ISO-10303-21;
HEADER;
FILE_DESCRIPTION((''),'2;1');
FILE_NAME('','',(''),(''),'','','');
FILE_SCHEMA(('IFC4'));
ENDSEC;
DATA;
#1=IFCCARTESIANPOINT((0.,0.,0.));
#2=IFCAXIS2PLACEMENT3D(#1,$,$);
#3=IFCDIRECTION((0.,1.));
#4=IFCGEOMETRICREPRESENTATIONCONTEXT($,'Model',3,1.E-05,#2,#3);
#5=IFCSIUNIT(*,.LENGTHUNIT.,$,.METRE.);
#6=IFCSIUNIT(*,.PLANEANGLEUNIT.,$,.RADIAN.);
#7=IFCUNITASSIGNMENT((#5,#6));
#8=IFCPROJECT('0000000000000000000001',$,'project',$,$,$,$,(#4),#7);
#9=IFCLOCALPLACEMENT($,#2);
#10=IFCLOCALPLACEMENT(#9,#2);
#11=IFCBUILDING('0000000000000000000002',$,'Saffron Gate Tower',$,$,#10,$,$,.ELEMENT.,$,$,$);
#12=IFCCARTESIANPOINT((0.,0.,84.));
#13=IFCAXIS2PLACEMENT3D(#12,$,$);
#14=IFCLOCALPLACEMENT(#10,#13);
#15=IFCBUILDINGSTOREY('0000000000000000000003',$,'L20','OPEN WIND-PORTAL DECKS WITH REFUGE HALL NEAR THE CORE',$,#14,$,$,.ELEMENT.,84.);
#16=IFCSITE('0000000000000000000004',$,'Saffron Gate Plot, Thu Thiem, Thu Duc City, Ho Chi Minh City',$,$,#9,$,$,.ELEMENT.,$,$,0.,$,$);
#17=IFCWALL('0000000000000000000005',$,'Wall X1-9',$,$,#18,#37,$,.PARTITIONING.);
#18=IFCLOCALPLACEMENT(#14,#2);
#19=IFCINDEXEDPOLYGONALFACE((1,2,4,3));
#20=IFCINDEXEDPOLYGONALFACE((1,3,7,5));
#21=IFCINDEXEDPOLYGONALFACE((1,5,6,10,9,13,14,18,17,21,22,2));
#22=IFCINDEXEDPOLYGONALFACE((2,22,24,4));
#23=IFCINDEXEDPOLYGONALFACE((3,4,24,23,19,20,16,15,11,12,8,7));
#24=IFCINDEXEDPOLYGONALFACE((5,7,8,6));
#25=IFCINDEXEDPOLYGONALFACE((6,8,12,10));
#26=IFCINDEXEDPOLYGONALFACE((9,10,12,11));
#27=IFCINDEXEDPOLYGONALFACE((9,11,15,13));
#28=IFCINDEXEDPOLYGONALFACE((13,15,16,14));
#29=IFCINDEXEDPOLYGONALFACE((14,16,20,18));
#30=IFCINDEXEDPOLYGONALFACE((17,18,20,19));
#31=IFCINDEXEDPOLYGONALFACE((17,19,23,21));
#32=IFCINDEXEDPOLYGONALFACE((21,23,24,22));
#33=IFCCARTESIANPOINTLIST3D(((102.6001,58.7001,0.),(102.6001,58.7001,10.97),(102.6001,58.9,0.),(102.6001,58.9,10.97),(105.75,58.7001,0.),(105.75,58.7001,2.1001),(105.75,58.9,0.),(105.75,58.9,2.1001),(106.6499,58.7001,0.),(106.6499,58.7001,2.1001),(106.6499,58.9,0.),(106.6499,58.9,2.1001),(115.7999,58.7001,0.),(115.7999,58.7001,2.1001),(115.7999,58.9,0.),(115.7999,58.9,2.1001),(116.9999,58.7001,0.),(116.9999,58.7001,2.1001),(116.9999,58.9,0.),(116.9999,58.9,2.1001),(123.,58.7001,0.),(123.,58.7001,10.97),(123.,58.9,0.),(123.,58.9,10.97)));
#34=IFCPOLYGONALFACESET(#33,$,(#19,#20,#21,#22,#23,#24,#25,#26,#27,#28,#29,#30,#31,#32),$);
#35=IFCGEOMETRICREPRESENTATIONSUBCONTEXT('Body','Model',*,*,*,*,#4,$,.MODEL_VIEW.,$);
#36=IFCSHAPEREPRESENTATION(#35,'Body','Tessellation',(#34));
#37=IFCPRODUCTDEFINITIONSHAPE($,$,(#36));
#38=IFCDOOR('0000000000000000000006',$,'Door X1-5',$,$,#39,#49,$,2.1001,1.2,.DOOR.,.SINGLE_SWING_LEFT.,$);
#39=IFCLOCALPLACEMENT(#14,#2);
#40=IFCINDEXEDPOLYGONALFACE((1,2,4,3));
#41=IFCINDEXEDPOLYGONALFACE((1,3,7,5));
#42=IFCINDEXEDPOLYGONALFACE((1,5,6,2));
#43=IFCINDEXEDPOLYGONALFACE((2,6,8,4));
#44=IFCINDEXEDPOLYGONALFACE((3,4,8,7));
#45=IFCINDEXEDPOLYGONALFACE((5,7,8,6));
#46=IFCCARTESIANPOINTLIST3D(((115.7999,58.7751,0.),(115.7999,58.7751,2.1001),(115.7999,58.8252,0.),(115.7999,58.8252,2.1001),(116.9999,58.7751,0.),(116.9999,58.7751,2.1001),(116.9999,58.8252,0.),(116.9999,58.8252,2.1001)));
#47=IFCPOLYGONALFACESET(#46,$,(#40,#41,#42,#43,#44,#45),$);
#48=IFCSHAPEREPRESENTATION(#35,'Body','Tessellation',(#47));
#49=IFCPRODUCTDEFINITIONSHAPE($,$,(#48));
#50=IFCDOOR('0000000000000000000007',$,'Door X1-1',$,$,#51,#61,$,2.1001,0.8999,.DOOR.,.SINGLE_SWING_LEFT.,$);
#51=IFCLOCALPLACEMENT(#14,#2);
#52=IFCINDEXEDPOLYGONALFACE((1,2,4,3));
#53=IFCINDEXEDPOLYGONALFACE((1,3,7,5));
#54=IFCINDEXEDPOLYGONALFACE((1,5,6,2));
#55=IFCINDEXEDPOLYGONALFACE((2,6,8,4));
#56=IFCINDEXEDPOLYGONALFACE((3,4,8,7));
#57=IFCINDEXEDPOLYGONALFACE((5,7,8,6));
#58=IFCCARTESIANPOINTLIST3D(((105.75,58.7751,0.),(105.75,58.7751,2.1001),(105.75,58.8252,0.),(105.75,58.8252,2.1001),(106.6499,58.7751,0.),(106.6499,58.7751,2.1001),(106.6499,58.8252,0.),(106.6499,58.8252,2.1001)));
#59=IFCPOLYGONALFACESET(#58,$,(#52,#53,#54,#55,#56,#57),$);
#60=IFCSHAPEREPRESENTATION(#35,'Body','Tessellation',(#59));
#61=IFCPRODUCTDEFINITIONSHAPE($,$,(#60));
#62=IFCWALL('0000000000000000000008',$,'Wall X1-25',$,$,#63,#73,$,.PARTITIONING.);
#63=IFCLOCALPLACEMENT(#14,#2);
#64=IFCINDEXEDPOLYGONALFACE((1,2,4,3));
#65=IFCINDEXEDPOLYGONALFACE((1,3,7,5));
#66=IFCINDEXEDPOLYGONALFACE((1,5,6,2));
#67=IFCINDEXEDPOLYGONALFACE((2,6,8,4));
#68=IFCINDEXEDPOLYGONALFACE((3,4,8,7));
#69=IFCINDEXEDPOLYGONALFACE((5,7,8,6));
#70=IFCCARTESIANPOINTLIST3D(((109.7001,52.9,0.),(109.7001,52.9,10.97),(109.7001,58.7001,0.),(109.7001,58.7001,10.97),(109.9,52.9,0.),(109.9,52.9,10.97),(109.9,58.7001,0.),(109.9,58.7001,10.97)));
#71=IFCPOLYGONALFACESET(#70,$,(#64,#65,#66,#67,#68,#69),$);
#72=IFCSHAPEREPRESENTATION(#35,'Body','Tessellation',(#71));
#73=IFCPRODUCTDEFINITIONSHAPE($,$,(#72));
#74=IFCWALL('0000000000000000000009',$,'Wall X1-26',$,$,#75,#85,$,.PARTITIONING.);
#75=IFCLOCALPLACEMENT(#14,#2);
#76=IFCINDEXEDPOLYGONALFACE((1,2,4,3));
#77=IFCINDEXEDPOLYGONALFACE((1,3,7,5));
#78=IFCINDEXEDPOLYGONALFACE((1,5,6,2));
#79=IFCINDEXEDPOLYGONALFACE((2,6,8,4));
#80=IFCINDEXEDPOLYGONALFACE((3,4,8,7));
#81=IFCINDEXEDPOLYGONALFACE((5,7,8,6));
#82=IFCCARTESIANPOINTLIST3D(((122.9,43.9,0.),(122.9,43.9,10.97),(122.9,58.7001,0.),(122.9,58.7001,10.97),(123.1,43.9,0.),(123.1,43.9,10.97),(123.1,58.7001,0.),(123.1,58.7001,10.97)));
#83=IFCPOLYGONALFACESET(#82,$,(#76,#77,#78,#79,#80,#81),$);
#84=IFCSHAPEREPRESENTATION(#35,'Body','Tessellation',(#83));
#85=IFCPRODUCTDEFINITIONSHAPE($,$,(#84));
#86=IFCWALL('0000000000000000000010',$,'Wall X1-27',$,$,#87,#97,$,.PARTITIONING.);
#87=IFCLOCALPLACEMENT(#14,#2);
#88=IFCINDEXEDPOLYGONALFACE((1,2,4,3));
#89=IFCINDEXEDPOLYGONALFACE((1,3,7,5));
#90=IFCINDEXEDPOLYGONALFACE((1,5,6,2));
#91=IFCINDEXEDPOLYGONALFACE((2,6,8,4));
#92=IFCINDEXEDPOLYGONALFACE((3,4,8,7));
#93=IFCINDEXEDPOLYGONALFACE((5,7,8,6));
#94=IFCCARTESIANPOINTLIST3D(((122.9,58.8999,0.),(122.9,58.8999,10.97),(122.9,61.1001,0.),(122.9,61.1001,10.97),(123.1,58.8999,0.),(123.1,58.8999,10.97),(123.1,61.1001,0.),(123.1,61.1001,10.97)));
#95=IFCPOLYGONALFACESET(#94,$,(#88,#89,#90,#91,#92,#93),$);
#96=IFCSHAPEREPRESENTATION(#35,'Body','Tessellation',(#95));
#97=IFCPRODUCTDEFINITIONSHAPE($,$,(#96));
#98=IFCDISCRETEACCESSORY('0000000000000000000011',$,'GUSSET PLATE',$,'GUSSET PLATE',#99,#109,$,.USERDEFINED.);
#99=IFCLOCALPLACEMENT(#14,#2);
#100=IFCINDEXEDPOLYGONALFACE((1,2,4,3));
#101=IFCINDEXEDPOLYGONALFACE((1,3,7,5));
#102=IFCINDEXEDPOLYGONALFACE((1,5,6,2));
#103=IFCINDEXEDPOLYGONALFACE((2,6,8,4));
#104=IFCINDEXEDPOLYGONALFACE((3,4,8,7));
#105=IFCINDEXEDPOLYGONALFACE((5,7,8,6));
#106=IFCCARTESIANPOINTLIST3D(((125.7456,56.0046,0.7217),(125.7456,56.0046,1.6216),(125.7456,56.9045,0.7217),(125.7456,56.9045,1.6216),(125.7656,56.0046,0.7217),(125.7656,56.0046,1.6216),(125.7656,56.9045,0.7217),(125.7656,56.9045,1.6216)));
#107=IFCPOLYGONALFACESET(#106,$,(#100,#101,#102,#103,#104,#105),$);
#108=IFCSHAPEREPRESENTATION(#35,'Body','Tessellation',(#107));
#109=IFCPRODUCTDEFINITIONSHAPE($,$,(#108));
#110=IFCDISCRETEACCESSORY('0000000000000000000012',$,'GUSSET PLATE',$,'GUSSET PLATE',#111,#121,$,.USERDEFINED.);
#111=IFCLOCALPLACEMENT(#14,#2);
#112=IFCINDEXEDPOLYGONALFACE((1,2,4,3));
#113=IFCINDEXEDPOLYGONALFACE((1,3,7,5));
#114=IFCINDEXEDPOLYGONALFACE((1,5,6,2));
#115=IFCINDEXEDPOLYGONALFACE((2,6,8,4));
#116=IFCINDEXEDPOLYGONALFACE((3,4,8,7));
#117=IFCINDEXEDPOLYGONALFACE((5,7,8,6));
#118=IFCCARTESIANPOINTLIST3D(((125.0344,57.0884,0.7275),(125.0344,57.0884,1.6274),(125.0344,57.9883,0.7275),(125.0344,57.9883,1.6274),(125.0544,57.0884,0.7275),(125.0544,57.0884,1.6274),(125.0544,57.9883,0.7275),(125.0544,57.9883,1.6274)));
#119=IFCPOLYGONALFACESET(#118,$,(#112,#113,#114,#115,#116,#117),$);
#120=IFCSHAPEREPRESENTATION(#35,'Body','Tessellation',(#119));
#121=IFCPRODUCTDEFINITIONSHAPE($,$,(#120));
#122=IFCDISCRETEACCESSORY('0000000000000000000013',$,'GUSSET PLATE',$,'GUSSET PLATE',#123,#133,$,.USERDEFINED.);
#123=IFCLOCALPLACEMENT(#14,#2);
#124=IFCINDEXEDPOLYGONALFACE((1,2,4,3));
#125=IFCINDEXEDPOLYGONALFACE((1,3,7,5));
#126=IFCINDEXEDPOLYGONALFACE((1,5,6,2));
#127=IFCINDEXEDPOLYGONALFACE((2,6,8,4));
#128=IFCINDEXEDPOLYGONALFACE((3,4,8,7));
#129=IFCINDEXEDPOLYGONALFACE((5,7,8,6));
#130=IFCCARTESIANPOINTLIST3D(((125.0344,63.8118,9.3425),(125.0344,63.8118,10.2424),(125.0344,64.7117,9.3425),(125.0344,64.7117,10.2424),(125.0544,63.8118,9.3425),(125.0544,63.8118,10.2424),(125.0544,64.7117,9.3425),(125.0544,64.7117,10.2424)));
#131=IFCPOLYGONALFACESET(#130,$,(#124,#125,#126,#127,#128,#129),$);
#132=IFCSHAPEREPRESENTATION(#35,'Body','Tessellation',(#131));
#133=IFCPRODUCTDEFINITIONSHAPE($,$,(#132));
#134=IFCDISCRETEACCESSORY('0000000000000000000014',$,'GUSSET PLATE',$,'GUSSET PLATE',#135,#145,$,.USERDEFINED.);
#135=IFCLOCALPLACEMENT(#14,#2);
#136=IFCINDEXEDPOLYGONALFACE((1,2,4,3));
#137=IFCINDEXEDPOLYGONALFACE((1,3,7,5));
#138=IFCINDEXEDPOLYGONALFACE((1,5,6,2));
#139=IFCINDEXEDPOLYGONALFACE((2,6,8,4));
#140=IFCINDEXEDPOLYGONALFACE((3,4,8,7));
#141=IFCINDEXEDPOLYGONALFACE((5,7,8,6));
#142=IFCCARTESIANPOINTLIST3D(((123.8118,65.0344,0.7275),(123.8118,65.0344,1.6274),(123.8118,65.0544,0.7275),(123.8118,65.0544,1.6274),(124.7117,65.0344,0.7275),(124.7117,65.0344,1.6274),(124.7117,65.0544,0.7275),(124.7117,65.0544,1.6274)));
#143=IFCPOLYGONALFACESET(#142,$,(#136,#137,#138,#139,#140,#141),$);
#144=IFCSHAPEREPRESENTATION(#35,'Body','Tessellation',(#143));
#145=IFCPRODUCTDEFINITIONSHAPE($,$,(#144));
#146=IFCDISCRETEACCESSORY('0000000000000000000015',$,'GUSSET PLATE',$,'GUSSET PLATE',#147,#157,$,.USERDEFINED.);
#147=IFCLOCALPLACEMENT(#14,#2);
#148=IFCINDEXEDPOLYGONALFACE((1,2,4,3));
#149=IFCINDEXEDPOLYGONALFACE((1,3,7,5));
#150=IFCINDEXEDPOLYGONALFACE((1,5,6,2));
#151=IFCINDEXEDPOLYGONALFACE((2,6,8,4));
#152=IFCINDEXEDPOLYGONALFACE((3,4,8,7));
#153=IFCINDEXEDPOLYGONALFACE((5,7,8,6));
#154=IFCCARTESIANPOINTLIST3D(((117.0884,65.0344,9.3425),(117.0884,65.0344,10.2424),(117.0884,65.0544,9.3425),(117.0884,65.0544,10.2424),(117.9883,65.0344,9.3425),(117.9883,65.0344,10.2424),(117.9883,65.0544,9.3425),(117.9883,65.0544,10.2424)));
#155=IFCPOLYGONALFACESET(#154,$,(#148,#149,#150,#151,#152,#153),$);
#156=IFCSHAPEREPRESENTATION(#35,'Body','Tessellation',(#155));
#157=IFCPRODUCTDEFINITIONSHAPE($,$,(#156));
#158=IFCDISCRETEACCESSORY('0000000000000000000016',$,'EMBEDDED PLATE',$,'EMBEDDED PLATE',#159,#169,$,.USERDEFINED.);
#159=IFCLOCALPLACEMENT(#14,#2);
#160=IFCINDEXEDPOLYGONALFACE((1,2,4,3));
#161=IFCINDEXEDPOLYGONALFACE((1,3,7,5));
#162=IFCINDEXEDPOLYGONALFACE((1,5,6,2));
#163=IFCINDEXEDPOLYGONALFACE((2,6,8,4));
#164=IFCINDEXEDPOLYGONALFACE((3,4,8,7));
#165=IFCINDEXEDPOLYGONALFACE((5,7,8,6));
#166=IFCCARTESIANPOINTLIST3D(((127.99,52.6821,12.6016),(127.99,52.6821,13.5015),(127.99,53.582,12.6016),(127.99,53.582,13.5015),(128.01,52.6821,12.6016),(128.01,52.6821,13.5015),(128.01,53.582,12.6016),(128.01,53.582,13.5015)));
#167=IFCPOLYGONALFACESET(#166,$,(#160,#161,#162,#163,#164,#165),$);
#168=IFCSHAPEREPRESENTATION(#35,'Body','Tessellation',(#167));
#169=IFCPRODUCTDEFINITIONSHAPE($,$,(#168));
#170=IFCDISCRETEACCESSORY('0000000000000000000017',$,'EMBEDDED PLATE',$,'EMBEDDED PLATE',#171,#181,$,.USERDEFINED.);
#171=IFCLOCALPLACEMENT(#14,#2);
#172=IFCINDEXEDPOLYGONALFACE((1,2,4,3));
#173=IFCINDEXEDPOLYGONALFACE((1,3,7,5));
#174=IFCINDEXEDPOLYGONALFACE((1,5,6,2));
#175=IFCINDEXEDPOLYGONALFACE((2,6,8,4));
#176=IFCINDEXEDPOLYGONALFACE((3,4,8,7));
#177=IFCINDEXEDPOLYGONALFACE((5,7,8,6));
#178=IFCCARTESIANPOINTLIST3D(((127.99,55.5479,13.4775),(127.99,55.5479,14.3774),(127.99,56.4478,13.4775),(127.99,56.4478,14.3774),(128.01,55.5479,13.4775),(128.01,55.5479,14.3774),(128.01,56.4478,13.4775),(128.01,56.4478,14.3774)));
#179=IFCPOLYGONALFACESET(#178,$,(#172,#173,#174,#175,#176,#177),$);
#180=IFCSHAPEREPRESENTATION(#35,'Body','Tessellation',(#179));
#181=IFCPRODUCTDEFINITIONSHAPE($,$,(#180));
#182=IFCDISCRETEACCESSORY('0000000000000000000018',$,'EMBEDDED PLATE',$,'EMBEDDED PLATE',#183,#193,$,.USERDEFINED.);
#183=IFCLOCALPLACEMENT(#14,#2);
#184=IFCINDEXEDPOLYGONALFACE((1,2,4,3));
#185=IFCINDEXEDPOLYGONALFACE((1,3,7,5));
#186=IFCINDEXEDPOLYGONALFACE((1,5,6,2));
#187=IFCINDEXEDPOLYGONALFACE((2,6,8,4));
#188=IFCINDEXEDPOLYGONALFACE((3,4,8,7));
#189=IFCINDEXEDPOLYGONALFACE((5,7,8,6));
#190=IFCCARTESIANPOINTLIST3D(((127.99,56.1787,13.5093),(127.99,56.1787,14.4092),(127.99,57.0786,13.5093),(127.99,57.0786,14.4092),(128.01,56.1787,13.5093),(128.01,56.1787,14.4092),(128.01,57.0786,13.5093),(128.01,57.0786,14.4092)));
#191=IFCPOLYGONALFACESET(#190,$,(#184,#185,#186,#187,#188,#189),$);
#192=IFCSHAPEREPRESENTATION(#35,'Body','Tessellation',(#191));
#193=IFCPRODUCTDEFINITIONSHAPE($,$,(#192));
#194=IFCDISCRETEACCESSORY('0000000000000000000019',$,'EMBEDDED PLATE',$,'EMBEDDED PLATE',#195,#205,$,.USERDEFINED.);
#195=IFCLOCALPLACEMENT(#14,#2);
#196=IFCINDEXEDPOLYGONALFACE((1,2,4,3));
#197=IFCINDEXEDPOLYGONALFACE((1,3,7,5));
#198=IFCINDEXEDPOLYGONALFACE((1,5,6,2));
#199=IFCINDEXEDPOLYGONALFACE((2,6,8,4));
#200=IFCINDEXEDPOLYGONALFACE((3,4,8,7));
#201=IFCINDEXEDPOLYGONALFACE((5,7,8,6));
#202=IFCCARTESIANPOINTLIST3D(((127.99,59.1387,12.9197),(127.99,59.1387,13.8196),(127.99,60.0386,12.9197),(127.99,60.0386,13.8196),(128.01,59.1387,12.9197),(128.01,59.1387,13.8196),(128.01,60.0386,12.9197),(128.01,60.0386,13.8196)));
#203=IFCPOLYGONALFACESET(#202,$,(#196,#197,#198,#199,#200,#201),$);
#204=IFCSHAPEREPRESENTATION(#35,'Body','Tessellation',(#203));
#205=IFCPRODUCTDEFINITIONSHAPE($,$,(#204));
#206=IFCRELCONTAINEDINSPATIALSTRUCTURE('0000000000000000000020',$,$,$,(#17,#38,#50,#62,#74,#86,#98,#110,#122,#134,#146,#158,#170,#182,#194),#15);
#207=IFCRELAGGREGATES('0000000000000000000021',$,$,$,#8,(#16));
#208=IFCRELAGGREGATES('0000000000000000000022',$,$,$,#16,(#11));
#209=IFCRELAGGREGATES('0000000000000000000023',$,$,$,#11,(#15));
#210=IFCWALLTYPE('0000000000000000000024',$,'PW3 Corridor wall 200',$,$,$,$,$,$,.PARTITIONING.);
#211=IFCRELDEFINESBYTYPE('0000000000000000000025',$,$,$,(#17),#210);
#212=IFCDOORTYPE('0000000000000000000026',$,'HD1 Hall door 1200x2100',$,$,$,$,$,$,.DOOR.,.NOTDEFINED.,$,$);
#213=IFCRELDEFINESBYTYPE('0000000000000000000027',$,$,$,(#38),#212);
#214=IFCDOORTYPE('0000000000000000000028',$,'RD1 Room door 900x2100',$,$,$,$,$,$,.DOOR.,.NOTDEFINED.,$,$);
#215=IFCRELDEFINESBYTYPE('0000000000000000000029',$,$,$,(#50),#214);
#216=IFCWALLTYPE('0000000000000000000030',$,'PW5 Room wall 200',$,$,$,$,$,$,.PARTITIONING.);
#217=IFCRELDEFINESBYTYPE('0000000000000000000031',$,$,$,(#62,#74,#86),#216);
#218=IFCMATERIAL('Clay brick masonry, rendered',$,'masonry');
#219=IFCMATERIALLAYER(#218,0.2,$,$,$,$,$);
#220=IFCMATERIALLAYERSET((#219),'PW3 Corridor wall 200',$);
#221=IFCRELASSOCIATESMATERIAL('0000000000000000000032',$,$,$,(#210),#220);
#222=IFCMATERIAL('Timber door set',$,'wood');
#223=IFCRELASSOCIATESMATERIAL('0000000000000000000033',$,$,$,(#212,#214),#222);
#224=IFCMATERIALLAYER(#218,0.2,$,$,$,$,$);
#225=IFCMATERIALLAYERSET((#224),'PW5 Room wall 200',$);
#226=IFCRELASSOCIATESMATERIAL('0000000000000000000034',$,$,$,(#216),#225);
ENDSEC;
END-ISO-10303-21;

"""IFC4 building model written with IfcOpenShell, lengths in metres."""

from ifc_helpers import new_model, si_unit, direction, frame, frame_2d, origin, origin_2d, place, context, subcontext, project, spatial, rectangle, extrude, material, layer, layer_set, type_object, element, fill, save


model = new_model("IFC4")

# Units and contexts
model_context = context("Model", 3, precision=1e-05, world=origin(), true_north=direction((0.0, 1.0)))
body_context = subcontext(model_context, "Body", "Model", "MODEL_VIEW")
ifc_project = project(units=[si_unit("LENGTHUNIT", "METRE"), si_unit("PLANEANGLEUNIT", "RADIAN")], contexts=[model_context])

# Site, building, storey
site_placement = place(None, origin())
site = spatial("IfcSite", under=ifc_project, at=site_placement, Name="Saffron Gate Plot, Thu Thiem, Thu Duc City, Ho Chi Minh City", CompositionType="ELEMENT", RefElevation=0.0)
building_placement = place(site_placement, origin())
building = spatial("IfcBuilding", under=site, at=building_placement, Name="Saffron Gate Tower", CompositionType="ELEMENT")
storey_placement = place(building_placement, frame((0.0, 0.0, 84.0)))
storey = spatial("IfcBuildingStorey", under=building, at=storey_placement, Name="L20", Description="OPEN WIND-PORTAL DECKS WITH REFUGE HALL NEAR THE CORE", CompositionType="ELEMENT", Elevation=84.0)

# Wall, openings, doors
ifc_material_1 = material(Name="Clay brick masonry, rendered", Category="masonry")
ifc_layer_1 = layer(ifc_material_1, 0.2)
ifc_layer_set_1 = layer_set([ifc_layer_1], Name="PW3 Corridor wall 200")
wall_type_1 = type_object("IfcWallType", Name="PW3 Corridor wall 200", PredefinedType="PARTITIONING", material=ifc_layer_set_1)
wall_1_placement = place(storey_placement, frame((123.0, 58.8, 0.0), z_axis=(0.0, 0.0, 1.0), x_axis=(-1.0, 0.0, 0.0)))
wall_1 = element("IfcWall", 1, at=wall_1_placement, inside=storey, type_object=wall_type_1, Name="Wall X1-9", PredefinedType="PARTITIONING", context=body_context, shape_type="SweptSolid", body=[
    extrude(rectangle(XDim=20.3999, YDim=0.2, at=frame_2d((10.2, 0.0))), origin(), (0.0, 0.0, 1.0), 10.97),
])
opening_1_placement = place(wall_1_placement, frame((6.0, 0.0, 0.0)))
opening_1 = element("IfcOpeningElement", 2, at=opening_1_placement, cuts=wall_1, PredefinedType="OPENING", context=body_context, shape_type="SweptSolid", body=[
    extrude(rectangle(XDim=1.2, YDim=2.1001, at=frame_2d((0.6001, 1.05))), frame((0.0, 0.1099, 0.0), z_axis=(0.0, -1.0, 0.0), x_axis=(1.0, 0.0, 0.0)), (0.0, 0.0, 1.0), 0.22),
])
opening_2_placement = place(wall_1_placement, frame((16.3501, 0.0, 0.0)))
opening_2 = element("IfcOpeningElement", 3, at=opening_2_placement, cuts=wall_1, PredefinedType="OPENING", context=body_context, shape_type="SweptSolid", body=[
    extrude(rectangle(XDim=0.8999, YDim=2.1001, at=frame_2d((0.45, 1.05))), frame((0.0, 0.1099, 0.0), z_axis=(0.0, -1.0, 0.0), x_axis=(1.0, 0.0, 0.0)), (0.0, 0.0, 1.0), 0.22),
])
ifc_material_2 = material(Name="Timber door set", Category="wood")
door_type_1 = type_object("IfcDoorType", Name="HD1 Hall door 1200x2100", OperationType="NOTDEFINED", PredefinedType="DOOR", material=ifc_material_2)
door_1_placement = place(opening_1_placement, origin())
door_1 = element("IfcDoor", 4, at=door_1_placement, inside=storey, type_object=door_type_1, Name="Door X1-5", OperationType="SINGLE_SWING_LEFT", OverallHeight=2.1001, OverallWidth=1.2, PredefinedType="DOOR", context=body_context, shape_type="SweptSolid", body=[
    extrude(rectangle(XDim=1.2, YDim=2.1001, at=frame_2d((0.6001, 1.05))), frame((0.0, 0.0249, 0.0), z_axis=(0.0, -1.0, 0.0), x_axis=(1.0, 0.0, 0.0)), (0.0, 0.0, 1.0), 0.05),
])
fill(opening_1, door_1)
door_type_2 = type_object("IfcDoorType", Name="RD1 Room door 900x2100", OperationType="NOTDEFINED", PredefinedType="DOOR", material=ifc_material_2)
door_2_placement = place(opening_2_placement, origin())
door_2 = element("IfcDoor", 5, at=door_2_placement, inside=storey, type_object=door_type_2, Name="Door X1-1", OperationType="SINGLE_SWING_LEFT", OverallHeight=2.1001, OverallWidth=0.8999, PredefinedType="DOOR", context=body_context, shape_type="SweptSolid", body=[
    extrude(rectangle(XDim=0.8999, YDim=2.1001, at=frame_2d((0.45, 1.05))), frame((0.0, 0.0249, 0.0), z_axis=(0.0, -1.0, 0.0), x_axis=(1.0, 0.0, 0.0)), (0.0, 0.0, 1.0), 0.05),
])
fill(opening_2, door_2)

# Walls
ifc_layer_2 = layer(ifc_material_1, 0.2)
ifc_layer_set_2 = layer_set([ifc_layer_2], Name="PW5 Room wall 200")
wall_type_2 = type_object("IfcWallType", Name="PW5 Room wall 200", PredefinedType="PARTITIONING", material=ifc_layer_set_2)
wall_2_placement = place(storey_placement, frame((109.8, 58.7, 0.0), z_axis=(0.0, 0.0, 1.0), x_axis=(0.0, -1.0, 0.0)))
element("IfcWall", 6, at=wall_2_placement, inside=storey, type_object=wall_type_2, Name="Wall X1-25", PredefinedType="PARTITIONING", context=body_context, shape_type="SweptSolid", body=[
    extrude(rectangle(XDim=5.8, YDim=0.2, at=frame_2d((2.8999, 0.0))), origin(), (0.0, 0.0, 1.0), 10.97),
])
wall_3_placement = place(storey_placement, frame((123.0, 58.7, 0.0), z_axis=(0.0, 0.0, 1.0), x_axis=(0.0, -1.0, 0.0)))
element("IfcWall", 7, at=wall_3_placement, inside=storey, type_object=wall_type_2, Name="Wall X1-26", PredefinedType="PARTITIONING", context=body_context, shape_type="SweptSolid", body=[
    extrude(rectangle(XDim=14.8, YDim=0.2, at=frame_2d((7.3999, 0.0))), origin(), (0.0, 0.0, 1.0), 10.97),
])
wall_4_placement = place(storey_placement, frame((123.0, 61.1001, 0.0), z_axis=(0.0, 0.0, 1.0), x_axis=(0.0, -1.0, 0.0)))
element("IfcWall", 8, at=wall_4_placement, inside=storey, type_object=wall_type_2, Name="Wall X1-27", PredefinedType="PARTITIONING", context=body_context, shape_type="SweptSolid", body=[
    extrude(rectangle(XDim=2.2002, YDim=0.2, at=frame_2d((1.1001, 0.0))), origin(), (0.0, 0.0, 1.0), 10.97),
])

# Discrete accessories
for number, where, z_axis, x_axis, name in (
    (9, (125.7556, 56.4546, 0.7217), (0.0, 0.0, 1.0), (0.0, -1.0, 0.0), "GUSSET PLATE"),
    (10, (125.0444, 57.5383, 0.7275), (0.0, 0.0, 1.0), (0.0, 1.0, 0.0), "GUSSET PLATE"),
    (11, (125.0444, 64.2617, 9.3425), (0.0, 0.0, 1.0), (0.0, 1.0, 0.0), "GUSSET PLATE"),
    (12, (124.2617, 65.0444, 0.7275), (0.0, 0.0, 1.0), (-1.0, 0.0, 0.0), "GUSSET PLATE"),
    (13, (117.5383, 65.0444, 9.3425), (0.0, 0.0, 1.0), (-1.0, 0.0, 0.0), "GUSSET PLATE"),
):
    element("IfcDiscreteAccessory", number, at=place(storey_placement, frame(where, z_axis=z_axis, x_axis=x_axis)), inside=storey, Name=name, ObjectType="GUSSET PLATE", PredefinedType="USERDEFINED", context=body_context, shape_type="SweptSolid", body=[
        extrude(rectangle(XDim=0.8999, YDim=0.02, at=origin_2d()), origin(), (0.0, 0.0, 1.0), 0.8999),
    ])
for number, where, z_axis, x_axis, name in (
    (14, (128.0, 53.1321, 12.6016), (0.0, 0.0, 1.0), (0.0, 1.0, 0.0), "EMBEDDED PLATE"),
    (15, (128.0, 55.9978, 13.4775), (0.0, 0.0, 1.0), (0.0, 1.0, 0.0), "EMBEDDED PLATE"),
    (16, (128.0, 56.6287, 13.5093), (0.0, 0.0, 1.0), (0.0, 1.0, 0.0), "EMBEDDED PLATE"),
    (17, (128.0, 59.5886, 12.9197), (0.0, 0.0, 1.0), (0.0, 1.0, 0.0), "EMBEDDED PLATE"),
):
    element("IfcDiscreteAccessory", number, at=place(storey_placement, frame(where, z_axis=z_axis, x_axis=x_axis)), inside=storey, Name=name, ObjectType="EMBEDDED PLATE", PredefinedType="USERDEFINED", context=body_context, shape_type="SweptSolid", body=[
        extrude(rectangle(XDim=0.8999, YDim=0.02, at=origin_2d()), origin(), (0.0, 0.0, 1.0), 0.8999),
    ])

save(model, "model.ifc")
